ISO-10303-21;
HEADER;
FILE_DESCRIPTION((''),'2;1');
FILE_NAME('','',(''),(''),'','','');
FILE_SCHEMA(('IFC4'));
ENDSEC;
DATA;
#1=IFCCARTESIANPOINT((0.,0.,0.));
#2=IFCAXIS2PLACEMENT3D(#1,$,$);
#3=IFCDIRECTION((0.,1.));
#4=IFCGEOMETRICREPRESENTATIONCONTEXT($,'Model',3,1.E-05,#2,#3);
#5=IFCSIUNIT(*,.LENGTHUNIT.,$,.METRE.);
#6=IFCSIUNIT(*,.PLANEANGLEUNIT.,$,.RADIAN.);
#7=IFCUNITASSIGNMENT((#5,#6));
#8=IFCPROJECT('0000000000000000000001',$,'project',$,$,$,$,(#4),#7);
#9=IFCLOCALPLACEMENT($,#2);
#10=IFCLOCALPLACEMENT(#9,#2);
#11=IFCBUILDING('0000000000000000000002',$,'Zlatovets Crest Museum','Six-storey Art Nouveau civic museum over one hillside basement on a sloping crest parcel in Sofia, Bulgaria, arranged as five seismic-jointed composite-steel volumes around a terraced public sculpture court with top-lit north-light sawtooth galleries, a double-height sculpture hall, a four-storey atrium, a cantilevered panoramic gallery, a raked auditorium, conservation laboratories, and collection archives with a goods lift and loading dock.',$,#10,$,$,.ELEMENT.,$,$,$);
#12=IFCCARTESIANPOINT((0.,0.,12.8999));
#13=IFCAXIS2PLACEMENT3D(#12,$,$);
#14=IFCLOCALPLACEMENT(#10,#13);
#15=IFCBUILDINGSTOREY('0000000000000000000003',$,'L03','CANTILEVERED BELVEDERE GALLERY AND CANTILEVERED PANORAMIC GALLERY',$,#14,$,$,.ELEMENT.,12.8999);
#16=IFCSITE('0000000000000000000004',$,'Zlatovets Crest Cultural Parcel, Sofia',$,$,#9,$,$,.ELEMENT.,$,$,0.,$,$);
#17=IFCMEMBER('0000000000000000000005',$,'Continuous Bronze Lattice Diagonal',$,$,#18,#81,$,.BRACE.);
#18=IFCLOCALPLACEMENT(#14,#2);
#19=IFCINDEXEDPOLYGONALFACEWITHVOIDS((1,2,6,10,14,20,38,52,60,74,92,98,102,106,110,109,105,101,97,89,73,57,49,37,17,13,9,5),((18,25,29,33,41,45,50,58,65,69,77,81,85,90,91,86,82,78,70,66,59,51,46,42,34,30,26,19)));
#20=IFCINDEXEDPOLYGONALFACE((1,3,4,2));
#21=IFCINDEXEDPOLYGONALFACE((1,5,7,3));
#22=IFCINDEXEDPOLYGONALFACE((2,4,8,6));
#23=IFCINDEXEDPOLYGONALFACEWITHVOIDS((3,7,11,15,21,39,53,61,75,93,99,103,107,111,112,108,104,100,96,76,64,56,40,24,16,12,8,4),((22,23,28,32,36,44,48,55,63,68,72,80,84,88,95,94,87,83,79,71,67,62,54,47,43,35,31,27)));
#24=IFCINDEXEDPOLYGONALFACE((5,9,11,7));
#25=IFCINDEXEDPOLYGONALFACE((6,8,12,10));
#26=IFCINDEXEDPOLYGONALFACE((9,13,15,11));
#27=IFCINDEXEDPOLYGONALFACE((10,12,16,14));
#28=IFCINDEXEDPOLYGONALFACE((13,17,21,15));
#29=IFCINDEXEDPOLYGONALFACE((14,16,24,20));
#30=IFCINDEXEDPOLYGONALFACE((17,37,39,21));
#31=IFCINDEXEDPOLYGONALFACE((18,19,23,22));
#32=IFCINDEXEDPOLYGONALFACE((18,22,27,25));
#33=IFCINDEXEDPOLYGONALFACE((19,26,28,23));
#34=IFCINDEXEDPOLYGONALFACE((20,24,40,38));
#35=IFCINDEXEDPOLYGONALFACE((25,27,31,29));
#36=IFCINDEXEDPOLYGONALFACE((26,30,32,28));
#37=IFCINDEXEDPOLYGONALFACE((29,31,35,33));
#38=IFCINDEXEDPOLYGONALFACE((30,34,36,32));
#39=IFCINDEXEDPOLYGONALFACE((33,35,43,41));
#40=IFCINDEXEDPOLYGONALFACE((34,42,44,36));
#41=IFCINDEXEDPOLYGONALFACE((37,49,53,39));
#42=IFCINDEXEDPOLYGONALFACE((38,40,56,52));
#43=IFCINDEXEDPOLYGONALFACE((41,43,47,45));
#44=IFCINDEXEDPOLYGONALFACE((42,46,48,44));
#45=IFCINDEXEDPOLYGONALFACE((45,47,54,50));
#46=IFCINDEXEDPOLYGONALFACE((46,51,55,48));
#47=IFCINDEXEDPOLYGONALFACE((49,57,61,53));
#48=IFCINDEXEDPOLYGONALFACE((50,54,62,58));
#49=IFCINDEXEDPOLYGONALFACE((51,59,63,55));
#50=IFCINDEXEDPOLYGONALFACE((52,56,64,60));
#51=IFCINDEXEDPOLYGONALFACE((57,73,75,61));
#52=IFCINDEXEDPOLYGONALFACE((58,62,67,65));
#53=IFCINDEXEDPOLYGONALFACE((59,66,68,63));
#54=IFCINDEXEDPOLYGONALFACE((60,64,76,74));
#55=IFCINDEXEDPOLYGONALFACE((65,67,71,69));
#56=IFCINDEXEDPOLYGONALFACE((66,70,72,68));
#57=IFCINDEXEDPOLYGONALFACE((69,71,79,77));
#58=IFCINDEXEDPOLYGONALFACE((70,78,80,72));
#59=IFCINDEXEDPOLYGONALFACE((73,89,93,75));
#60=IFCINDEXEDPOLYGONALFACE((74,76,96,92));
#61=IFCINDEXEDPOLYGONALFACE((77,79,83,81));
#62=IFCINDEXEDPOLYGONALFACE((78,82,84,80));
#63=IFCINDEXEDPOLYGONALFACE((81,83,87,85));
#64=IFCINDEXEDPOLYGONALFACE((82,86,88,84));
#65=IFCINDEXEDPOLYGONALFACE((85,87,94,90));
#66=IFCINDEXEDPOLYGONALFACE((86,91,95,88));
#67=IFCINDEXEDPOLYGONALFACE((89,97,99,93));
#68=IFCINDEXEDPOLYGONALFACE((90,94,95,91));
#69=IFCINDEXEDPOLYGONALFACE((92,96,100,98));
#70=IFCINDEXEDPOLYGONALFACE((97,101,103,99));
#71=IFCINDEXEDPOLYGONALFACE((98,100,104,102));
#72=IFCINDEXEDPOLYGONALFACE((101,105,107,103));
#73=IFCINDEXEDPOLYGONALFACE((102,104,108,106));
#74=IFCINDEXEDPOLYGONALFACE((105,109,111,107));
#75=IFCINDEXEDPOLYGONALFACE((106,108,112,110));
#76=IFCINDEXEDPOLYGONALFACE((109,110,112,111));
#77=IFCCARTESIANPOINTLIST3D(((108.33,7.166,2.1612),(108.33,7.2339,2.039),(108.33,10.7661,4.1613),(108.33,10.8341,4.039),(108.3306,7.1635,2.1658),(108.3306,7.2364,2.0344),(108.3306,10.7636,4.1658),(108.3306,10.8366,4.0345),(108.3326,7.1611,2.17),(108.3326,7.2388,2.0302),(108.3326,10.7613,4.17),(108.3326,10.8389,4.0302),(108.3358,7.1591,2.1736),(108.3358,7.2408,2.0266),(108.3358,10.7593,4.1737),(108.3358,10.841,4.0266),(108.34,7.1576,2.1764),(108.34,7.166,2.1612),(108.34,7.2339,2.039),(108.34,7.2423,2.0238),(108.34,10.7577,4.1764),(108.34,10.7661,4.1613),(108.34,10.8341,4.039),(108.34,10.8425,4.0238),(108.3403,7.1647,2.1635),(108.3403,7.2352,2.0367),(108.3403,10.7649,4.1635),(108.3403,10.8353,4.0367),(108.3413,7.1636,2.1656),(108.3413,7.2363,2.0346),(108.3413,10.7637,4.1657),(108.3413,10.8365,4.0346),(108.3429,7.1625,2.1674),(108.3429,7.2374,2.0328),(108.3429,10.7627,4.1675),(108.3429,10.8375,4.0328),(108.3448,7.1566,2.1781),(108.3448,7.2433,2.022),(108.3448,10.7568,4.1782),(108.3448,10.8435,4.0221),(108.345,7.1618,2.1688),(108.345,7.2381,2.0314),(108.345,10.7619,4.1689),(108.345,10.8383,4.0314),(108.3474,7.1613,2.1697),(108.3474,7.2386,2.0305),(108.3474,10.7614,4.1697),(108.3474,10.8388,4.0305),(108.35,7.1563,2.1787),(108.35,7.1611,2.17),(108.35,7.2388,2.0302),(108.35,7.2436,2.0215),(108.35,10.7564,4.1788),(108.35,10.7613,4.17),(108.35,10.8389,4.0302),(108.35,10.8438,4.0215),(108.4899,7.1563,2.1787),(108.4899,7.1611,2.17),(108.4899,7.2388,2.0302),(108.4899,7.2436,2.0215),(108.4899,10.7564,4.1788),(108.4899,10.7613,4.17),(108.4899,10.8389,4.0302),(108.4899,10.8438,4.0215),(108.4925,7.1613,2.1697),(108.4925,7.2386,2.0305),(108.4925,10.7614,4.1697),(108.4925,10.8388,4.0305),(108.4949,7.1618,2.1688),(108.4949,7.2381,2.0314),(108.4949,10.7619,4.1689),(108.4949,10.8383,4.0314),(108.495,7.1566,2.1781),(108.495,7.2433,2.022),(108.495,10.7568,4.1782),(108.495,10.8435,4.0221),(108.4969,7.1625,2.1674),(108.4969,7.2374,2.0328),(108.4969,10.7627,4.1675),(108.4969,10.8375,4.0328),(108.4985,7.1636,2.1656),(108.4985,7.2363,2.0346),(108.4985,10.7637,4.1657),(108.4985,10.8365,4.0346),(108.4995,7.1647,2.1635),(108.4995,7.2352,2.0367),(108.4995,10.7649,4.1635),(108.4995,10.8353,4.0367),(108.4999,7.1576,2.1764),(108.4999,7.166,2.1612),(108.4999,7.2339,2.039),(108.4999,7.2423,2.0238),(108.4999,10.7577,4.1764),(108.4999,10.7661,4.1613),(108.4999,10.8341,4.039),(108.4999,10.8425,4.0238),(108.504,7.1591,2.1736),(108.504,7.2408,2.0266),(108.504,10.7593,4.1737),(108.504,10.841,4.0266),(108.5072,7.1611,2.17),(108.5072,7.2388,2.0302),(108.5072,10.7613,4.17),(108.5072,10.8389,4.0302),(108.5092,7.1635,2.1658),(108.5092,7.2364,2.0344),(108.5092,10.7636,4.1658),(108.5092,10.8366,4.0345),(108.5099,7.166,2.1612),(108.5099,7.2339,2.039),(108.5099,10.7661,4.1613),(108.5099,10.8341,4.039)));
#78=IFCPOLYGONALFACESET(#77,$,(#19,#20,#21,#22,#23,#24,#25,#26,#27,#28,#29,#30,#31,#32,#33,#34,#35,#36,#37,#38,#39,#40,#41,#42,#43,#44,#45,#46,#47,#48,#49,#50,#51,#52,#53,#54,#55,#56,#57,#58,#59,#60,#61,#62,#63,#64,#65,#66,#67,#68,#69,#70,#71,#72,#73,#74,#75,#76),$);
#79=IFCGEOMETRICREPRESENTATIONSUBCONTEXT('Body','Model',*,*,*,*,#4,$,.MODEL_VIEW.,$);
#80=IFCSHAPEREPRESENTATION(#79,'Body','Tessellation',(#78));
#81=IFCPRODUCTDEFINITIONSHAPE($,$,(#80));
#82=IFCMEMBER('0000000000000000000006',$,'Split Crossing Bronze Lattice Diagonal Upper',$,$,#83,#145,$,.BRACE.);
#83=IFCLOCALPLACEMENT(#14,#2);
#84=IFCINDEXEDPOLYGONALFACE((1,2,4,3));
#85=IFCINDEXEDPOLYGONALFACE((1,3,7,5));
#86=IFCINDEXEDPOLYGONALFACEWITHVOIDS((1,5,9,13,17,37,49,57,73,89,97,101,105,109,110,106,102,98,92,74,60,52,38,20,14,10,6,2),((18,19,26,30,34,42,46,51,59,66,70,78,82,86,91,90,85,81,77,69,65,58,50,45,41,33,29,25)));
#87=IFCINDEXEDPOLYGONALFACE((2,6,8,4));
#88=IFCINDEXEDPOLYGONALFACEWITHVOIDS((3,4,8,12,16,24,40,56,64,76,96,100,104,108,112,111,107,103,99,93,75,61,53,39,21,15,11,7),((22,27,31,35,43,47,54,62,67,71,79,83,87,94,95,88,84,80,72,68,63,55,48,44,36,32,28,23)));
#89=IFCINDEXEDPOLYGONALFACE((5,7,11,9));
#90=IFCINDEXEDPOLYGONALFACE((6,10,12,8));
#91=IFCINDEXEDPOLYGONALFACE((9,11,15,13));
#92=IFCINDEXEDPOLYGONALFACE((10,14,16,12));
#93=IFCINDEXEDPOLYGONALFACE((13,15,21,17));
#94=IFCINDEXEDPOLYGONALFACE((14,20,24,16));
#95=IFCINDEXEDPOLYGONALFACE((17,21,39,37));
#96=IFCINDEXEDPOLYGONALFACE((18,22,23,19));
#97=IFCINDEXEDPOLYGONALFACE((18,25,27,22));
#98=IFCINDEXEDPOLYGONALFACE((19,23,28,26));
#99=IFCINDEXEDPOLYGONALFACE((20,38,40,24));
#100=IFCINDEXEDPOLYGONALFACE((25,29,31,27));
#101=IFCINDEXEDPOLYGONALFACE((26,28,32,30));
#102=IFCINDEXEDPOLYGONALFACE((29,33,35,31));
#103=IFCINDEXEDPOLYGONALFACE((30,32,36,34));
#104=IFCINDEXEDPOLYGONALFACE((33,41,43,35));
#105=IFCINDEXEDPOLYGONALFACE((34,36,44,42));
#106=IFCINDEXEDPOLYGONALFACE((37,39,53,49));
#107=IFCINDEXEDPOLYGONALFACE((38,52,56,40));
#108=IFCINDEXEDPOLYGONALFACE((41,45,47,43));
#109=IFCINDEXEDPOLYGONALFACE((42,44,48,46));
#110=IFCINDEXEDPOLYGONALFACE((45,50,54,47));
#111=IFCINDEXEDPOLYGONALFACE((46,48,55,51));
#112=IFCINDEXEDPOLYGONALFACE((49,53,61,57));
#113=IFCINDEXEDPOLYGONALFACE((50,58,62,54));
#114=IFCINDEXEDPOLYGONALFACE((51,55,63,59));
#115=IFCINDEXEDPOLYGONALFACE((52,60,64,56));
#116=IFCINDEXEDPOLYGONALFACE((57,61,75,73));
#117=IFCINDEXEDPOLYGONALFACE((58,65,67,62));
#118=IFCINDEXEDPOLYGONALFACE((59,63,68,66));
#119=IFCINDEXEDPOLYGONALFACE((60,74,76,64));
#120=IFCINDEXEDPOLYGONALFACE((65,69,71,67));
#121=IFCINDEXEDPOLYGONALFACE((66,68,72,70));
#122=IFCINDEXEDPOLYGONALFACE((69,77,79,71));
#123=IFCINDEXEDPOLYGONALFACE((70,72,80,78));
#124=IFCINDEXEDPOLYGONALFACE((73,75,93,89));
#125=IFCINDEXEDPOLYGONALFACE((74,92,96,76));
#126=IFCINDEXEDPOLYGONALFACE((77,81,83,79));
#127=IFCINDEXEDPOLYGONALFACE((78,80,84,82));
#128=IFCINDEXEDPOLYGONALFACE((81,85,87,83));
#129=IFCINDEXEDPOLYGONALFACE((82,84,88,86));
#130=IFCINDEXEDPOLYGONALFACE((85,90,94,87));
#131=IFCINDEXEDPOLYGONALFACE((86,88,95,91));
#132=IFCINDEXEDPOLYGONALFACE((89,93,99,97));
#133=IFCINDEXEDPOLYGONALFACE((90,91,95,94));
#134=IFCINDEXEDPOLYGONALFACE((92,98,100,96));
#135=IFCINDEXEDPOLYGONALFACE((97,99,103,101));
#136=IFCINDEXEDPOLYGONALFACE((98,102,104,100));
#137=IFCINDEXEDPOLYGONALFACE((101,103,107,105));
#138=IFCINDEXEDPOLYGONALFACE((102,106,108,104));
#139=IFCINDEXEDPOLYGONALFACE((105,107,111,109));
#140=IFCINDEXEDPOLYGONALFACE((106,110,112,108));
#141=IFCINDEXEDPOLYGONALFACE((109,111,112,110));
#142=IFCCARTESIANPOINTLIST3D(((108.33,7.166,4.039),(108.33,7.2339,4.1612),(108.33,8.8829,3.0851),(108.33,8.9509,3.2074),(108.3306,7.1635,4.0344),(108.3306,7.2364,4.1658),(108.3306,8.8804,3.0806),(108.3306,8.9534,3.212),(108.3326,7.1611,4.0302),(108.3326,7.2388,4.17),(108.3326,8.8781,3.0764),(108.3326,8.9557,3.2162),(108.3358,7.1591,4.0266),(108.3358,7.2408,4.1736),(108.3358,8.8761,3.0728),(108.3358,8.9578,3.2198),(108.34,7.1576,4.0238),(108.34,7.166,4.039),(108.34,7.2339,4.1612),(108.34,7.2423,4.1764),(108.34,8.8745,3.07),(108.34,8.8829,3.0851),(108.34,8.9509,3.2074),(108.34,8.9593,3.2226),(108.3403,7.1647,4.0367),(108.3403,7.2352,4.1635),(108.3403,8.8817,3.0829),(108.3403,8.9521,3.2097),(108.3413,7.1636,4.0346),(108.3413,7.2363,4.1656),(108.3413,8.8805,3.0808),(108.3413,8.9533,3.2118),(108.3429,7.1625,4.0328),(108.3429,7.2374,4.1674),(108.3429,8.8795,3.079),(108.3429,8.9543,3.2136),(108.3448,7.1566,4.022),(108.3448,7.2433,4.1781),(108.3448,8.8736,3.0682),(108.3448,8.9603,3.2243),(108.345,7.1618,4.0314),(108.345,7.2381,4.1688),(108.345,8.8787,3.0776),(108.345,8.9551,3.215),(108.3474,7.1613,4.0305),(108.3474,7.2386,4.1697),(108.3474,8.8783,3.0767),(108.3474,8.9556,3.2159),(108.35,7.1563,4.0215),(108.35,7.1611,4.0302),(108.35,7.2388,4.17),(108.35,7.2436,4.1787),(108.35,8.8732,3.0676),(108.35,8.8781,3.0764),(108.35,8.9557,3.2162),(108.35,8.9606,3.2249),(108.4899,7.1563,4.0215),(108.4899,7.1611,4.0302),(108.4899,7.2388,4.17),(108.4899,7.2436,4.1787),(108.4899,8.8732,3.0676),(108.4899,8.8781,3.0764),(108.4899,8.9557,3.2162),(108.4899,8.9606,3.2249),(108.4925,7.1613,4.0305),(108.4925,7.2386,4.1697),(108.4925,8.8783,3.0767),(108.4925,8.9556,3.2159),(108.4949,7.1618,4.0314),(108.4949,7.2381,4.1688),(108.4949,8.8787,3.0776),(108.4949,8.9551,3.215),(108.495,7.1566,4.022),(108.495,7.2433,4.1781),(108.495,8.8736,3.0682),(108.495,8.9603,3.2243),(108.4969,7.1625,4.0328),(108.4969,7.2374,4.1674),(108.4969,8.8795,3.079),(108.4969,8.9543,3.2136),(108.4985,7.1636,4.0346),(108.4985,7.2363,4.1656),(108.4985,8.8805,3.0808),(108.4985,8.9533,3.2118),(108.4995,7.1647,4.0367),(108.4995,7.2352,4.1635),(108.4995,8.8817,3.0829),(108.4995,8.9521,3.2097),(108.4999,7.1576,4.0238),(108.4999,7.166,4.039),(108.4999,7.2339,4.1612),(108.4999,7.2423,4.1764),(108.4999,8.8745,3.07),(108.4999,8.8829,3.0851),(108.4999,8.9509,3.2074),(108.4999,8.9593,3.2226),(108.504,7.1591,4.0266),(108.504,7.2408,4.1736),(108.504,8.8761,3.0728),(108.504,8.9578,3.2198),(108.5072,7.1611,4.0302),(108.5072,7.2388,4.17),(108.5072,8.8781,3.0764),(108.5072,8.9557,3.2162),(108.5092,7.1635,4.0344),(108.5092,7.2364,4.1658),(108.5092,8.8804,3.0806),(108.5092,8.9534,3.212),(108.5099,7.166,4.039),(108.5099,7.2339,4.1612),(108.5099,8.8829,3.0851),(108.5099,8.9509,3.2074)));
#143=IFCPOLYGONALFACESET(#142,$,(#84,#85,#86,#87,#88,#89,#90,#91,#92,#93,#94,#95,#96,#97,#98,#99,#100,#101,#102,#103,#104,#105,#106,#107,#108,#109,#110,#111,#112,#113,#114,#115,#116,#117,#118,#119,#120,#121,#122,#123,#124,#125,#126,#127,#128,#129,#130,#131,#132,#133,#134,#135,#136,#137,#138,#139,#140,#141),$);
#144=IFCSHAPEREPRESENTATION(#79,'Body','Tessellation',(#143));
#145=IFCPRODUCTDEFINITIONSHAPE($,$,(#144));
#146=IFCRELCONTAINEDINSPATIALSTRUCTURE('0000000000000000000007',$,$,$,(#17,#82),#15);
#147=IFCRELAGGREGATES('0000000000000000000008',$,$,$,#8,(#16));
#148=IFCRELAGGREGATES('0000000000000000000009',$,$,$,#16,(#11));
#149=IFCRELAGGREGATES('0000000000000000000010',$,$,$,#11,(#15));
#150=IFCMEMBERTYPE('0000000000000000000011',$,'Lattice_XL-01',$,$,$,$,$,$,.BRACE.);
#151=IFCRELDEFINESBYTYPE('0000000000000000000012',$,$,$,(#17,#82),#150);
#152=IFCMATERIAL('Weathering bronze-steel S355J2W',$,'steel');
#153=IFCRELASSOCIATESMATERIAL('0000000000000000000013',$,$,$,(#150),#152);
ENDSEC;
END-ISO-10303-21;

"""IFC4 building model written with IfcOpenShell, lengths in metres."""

from ifc_helpers import new_model, si_unit, direction, frame, origin, origin_2d, place, context, subcontext, project, spatial, hollow_rectangle, extrude, material, material_profile, profile_set, type_object, element, save


model = new_model("IFC4")

# Units and contexts
model_context = context("Model", 3, precision=1e-05, world=origin(), true_north=direction((0.0, 1.0)))
body_context = subcontext(model_context, "Body", "Model", "MODEL_VIEW")
ifc_project = project(units=[si_unit("LENGTHUNIT", "METRE"), si_unit("PLANEANGLEUNIT", "RADIAN")], contexts=[model_context])

# Site, building, storey
site_placement = place(None, origin())
site = spatial("IfcSite", under=ifc_project, at=site_placement, Name="Zlatovets Crest Cultural Parcel, Sofia", CompositionType="ELEMENT", RefElevation=0.0)
building_placement = place(site_placement, origin())
building = spatial("IfcBuilding", under=site, at=building_placement, Name="Zlatovets Crest Museum", Description="Six-storey Art Nouveau civic museum over one hillside basement on a sloping crest parcel in Sofia, Bulgaria, arranged as five seismic-jointed composite-steel volumes around a terraced public sculpture court with top-lit north-light sawtooth galleries, a double-height sculpture hall, a four-storey atrium, a cantilevered panoramic gallery, a raked auditorium, conservation laboratories, and collection archives with a goods lift and loading dock.", CompositionType="ELEMENT")
storey_placement = place(building_placement, frame((0.0, 0.0, 12.8999)))
storey = spatial("IfcBuildingStorey", under=building, at=storey_placement, Name="L03", Description="CANTILEVERED BELVEDERE GALLERY AND CANTILEVERED PANORAMIC GALLERY", CompositionType="ELEMENT", Elevation=12.8999)

# Members
ifc_material_1 = material(Name="Weathering bronze-steel S355J2W", Category="steel")
ifc_material_profile_1 = material_profile(ifc_material_1, hollow_rectangle(XDim=0.1799, YDim=0.1799, WallThickness=0.01, InnerFilletRadius=0.01, OuterFilletRadius=0.02, at=origin_2d()), Name="SHS 180x180x10.0")
ifc_profile_set_1 = profile_set([ifc_material_profile_1], Name="Weathering bronze-steel S355J2W")
member_type_1 = type_object("IfcMemberType", Name="Lattice_XL-01", PredefinedType="BRACE", material=ifc_profile_set_1)
member_1_placement = place(storey_placement, frame((108.4199, 7.2, 2.1001), z_axis=(0.0, 0.874163, 0.485633), x_axis=(-1.0, 0.0, 0.0)))
element("IfcMember", 1, at=member_1_placement, inside=storey, type_object=member_type_1, Name="Continuous Bronze Lattice Diagonal", PredefinedType="BRACE", context=body_context, shape_type="SweptSolid", body=[
    extrude(hollow_rectangle(XDim=0.1799, YDim=0.1799, WallThickness=0.01, InnerFilletRadius=0.01, OuterFilletRadius=0.02, at=origin_2d()), origin(), (0.0, 0.0, 1.0), 4.1184),
])
for number, where, z_axis, x_axis, name in (
    (2, (108.4199, 7.2, 4.1001), (0.0, 0.874169, -0.485622), (-1.0, 0.0, 0.0), "Split Crossing Bronze Lattice Diagonal Upper"),
):
    element("IfcMember", number, at=place(storey_placement, frame(where, z_axis=z_axis, x_axis=x_axis)), inside=storey, type_object=member_type_1, Name=name, PredefinedType="BRACE", context=body_context, shape_type="SweptSolid", body=[
        extrude(hollow_rectangle(XDim=0.1799, YDim=0.1799, WallThickness=0.01, InnerFilletRadius=0.01, OuterFilletRadius=0.02, at=origin_2d()), origin(), (0.0, 0.0, 1.0), 1.9641),
    ])

save(model, "model.ifc")
